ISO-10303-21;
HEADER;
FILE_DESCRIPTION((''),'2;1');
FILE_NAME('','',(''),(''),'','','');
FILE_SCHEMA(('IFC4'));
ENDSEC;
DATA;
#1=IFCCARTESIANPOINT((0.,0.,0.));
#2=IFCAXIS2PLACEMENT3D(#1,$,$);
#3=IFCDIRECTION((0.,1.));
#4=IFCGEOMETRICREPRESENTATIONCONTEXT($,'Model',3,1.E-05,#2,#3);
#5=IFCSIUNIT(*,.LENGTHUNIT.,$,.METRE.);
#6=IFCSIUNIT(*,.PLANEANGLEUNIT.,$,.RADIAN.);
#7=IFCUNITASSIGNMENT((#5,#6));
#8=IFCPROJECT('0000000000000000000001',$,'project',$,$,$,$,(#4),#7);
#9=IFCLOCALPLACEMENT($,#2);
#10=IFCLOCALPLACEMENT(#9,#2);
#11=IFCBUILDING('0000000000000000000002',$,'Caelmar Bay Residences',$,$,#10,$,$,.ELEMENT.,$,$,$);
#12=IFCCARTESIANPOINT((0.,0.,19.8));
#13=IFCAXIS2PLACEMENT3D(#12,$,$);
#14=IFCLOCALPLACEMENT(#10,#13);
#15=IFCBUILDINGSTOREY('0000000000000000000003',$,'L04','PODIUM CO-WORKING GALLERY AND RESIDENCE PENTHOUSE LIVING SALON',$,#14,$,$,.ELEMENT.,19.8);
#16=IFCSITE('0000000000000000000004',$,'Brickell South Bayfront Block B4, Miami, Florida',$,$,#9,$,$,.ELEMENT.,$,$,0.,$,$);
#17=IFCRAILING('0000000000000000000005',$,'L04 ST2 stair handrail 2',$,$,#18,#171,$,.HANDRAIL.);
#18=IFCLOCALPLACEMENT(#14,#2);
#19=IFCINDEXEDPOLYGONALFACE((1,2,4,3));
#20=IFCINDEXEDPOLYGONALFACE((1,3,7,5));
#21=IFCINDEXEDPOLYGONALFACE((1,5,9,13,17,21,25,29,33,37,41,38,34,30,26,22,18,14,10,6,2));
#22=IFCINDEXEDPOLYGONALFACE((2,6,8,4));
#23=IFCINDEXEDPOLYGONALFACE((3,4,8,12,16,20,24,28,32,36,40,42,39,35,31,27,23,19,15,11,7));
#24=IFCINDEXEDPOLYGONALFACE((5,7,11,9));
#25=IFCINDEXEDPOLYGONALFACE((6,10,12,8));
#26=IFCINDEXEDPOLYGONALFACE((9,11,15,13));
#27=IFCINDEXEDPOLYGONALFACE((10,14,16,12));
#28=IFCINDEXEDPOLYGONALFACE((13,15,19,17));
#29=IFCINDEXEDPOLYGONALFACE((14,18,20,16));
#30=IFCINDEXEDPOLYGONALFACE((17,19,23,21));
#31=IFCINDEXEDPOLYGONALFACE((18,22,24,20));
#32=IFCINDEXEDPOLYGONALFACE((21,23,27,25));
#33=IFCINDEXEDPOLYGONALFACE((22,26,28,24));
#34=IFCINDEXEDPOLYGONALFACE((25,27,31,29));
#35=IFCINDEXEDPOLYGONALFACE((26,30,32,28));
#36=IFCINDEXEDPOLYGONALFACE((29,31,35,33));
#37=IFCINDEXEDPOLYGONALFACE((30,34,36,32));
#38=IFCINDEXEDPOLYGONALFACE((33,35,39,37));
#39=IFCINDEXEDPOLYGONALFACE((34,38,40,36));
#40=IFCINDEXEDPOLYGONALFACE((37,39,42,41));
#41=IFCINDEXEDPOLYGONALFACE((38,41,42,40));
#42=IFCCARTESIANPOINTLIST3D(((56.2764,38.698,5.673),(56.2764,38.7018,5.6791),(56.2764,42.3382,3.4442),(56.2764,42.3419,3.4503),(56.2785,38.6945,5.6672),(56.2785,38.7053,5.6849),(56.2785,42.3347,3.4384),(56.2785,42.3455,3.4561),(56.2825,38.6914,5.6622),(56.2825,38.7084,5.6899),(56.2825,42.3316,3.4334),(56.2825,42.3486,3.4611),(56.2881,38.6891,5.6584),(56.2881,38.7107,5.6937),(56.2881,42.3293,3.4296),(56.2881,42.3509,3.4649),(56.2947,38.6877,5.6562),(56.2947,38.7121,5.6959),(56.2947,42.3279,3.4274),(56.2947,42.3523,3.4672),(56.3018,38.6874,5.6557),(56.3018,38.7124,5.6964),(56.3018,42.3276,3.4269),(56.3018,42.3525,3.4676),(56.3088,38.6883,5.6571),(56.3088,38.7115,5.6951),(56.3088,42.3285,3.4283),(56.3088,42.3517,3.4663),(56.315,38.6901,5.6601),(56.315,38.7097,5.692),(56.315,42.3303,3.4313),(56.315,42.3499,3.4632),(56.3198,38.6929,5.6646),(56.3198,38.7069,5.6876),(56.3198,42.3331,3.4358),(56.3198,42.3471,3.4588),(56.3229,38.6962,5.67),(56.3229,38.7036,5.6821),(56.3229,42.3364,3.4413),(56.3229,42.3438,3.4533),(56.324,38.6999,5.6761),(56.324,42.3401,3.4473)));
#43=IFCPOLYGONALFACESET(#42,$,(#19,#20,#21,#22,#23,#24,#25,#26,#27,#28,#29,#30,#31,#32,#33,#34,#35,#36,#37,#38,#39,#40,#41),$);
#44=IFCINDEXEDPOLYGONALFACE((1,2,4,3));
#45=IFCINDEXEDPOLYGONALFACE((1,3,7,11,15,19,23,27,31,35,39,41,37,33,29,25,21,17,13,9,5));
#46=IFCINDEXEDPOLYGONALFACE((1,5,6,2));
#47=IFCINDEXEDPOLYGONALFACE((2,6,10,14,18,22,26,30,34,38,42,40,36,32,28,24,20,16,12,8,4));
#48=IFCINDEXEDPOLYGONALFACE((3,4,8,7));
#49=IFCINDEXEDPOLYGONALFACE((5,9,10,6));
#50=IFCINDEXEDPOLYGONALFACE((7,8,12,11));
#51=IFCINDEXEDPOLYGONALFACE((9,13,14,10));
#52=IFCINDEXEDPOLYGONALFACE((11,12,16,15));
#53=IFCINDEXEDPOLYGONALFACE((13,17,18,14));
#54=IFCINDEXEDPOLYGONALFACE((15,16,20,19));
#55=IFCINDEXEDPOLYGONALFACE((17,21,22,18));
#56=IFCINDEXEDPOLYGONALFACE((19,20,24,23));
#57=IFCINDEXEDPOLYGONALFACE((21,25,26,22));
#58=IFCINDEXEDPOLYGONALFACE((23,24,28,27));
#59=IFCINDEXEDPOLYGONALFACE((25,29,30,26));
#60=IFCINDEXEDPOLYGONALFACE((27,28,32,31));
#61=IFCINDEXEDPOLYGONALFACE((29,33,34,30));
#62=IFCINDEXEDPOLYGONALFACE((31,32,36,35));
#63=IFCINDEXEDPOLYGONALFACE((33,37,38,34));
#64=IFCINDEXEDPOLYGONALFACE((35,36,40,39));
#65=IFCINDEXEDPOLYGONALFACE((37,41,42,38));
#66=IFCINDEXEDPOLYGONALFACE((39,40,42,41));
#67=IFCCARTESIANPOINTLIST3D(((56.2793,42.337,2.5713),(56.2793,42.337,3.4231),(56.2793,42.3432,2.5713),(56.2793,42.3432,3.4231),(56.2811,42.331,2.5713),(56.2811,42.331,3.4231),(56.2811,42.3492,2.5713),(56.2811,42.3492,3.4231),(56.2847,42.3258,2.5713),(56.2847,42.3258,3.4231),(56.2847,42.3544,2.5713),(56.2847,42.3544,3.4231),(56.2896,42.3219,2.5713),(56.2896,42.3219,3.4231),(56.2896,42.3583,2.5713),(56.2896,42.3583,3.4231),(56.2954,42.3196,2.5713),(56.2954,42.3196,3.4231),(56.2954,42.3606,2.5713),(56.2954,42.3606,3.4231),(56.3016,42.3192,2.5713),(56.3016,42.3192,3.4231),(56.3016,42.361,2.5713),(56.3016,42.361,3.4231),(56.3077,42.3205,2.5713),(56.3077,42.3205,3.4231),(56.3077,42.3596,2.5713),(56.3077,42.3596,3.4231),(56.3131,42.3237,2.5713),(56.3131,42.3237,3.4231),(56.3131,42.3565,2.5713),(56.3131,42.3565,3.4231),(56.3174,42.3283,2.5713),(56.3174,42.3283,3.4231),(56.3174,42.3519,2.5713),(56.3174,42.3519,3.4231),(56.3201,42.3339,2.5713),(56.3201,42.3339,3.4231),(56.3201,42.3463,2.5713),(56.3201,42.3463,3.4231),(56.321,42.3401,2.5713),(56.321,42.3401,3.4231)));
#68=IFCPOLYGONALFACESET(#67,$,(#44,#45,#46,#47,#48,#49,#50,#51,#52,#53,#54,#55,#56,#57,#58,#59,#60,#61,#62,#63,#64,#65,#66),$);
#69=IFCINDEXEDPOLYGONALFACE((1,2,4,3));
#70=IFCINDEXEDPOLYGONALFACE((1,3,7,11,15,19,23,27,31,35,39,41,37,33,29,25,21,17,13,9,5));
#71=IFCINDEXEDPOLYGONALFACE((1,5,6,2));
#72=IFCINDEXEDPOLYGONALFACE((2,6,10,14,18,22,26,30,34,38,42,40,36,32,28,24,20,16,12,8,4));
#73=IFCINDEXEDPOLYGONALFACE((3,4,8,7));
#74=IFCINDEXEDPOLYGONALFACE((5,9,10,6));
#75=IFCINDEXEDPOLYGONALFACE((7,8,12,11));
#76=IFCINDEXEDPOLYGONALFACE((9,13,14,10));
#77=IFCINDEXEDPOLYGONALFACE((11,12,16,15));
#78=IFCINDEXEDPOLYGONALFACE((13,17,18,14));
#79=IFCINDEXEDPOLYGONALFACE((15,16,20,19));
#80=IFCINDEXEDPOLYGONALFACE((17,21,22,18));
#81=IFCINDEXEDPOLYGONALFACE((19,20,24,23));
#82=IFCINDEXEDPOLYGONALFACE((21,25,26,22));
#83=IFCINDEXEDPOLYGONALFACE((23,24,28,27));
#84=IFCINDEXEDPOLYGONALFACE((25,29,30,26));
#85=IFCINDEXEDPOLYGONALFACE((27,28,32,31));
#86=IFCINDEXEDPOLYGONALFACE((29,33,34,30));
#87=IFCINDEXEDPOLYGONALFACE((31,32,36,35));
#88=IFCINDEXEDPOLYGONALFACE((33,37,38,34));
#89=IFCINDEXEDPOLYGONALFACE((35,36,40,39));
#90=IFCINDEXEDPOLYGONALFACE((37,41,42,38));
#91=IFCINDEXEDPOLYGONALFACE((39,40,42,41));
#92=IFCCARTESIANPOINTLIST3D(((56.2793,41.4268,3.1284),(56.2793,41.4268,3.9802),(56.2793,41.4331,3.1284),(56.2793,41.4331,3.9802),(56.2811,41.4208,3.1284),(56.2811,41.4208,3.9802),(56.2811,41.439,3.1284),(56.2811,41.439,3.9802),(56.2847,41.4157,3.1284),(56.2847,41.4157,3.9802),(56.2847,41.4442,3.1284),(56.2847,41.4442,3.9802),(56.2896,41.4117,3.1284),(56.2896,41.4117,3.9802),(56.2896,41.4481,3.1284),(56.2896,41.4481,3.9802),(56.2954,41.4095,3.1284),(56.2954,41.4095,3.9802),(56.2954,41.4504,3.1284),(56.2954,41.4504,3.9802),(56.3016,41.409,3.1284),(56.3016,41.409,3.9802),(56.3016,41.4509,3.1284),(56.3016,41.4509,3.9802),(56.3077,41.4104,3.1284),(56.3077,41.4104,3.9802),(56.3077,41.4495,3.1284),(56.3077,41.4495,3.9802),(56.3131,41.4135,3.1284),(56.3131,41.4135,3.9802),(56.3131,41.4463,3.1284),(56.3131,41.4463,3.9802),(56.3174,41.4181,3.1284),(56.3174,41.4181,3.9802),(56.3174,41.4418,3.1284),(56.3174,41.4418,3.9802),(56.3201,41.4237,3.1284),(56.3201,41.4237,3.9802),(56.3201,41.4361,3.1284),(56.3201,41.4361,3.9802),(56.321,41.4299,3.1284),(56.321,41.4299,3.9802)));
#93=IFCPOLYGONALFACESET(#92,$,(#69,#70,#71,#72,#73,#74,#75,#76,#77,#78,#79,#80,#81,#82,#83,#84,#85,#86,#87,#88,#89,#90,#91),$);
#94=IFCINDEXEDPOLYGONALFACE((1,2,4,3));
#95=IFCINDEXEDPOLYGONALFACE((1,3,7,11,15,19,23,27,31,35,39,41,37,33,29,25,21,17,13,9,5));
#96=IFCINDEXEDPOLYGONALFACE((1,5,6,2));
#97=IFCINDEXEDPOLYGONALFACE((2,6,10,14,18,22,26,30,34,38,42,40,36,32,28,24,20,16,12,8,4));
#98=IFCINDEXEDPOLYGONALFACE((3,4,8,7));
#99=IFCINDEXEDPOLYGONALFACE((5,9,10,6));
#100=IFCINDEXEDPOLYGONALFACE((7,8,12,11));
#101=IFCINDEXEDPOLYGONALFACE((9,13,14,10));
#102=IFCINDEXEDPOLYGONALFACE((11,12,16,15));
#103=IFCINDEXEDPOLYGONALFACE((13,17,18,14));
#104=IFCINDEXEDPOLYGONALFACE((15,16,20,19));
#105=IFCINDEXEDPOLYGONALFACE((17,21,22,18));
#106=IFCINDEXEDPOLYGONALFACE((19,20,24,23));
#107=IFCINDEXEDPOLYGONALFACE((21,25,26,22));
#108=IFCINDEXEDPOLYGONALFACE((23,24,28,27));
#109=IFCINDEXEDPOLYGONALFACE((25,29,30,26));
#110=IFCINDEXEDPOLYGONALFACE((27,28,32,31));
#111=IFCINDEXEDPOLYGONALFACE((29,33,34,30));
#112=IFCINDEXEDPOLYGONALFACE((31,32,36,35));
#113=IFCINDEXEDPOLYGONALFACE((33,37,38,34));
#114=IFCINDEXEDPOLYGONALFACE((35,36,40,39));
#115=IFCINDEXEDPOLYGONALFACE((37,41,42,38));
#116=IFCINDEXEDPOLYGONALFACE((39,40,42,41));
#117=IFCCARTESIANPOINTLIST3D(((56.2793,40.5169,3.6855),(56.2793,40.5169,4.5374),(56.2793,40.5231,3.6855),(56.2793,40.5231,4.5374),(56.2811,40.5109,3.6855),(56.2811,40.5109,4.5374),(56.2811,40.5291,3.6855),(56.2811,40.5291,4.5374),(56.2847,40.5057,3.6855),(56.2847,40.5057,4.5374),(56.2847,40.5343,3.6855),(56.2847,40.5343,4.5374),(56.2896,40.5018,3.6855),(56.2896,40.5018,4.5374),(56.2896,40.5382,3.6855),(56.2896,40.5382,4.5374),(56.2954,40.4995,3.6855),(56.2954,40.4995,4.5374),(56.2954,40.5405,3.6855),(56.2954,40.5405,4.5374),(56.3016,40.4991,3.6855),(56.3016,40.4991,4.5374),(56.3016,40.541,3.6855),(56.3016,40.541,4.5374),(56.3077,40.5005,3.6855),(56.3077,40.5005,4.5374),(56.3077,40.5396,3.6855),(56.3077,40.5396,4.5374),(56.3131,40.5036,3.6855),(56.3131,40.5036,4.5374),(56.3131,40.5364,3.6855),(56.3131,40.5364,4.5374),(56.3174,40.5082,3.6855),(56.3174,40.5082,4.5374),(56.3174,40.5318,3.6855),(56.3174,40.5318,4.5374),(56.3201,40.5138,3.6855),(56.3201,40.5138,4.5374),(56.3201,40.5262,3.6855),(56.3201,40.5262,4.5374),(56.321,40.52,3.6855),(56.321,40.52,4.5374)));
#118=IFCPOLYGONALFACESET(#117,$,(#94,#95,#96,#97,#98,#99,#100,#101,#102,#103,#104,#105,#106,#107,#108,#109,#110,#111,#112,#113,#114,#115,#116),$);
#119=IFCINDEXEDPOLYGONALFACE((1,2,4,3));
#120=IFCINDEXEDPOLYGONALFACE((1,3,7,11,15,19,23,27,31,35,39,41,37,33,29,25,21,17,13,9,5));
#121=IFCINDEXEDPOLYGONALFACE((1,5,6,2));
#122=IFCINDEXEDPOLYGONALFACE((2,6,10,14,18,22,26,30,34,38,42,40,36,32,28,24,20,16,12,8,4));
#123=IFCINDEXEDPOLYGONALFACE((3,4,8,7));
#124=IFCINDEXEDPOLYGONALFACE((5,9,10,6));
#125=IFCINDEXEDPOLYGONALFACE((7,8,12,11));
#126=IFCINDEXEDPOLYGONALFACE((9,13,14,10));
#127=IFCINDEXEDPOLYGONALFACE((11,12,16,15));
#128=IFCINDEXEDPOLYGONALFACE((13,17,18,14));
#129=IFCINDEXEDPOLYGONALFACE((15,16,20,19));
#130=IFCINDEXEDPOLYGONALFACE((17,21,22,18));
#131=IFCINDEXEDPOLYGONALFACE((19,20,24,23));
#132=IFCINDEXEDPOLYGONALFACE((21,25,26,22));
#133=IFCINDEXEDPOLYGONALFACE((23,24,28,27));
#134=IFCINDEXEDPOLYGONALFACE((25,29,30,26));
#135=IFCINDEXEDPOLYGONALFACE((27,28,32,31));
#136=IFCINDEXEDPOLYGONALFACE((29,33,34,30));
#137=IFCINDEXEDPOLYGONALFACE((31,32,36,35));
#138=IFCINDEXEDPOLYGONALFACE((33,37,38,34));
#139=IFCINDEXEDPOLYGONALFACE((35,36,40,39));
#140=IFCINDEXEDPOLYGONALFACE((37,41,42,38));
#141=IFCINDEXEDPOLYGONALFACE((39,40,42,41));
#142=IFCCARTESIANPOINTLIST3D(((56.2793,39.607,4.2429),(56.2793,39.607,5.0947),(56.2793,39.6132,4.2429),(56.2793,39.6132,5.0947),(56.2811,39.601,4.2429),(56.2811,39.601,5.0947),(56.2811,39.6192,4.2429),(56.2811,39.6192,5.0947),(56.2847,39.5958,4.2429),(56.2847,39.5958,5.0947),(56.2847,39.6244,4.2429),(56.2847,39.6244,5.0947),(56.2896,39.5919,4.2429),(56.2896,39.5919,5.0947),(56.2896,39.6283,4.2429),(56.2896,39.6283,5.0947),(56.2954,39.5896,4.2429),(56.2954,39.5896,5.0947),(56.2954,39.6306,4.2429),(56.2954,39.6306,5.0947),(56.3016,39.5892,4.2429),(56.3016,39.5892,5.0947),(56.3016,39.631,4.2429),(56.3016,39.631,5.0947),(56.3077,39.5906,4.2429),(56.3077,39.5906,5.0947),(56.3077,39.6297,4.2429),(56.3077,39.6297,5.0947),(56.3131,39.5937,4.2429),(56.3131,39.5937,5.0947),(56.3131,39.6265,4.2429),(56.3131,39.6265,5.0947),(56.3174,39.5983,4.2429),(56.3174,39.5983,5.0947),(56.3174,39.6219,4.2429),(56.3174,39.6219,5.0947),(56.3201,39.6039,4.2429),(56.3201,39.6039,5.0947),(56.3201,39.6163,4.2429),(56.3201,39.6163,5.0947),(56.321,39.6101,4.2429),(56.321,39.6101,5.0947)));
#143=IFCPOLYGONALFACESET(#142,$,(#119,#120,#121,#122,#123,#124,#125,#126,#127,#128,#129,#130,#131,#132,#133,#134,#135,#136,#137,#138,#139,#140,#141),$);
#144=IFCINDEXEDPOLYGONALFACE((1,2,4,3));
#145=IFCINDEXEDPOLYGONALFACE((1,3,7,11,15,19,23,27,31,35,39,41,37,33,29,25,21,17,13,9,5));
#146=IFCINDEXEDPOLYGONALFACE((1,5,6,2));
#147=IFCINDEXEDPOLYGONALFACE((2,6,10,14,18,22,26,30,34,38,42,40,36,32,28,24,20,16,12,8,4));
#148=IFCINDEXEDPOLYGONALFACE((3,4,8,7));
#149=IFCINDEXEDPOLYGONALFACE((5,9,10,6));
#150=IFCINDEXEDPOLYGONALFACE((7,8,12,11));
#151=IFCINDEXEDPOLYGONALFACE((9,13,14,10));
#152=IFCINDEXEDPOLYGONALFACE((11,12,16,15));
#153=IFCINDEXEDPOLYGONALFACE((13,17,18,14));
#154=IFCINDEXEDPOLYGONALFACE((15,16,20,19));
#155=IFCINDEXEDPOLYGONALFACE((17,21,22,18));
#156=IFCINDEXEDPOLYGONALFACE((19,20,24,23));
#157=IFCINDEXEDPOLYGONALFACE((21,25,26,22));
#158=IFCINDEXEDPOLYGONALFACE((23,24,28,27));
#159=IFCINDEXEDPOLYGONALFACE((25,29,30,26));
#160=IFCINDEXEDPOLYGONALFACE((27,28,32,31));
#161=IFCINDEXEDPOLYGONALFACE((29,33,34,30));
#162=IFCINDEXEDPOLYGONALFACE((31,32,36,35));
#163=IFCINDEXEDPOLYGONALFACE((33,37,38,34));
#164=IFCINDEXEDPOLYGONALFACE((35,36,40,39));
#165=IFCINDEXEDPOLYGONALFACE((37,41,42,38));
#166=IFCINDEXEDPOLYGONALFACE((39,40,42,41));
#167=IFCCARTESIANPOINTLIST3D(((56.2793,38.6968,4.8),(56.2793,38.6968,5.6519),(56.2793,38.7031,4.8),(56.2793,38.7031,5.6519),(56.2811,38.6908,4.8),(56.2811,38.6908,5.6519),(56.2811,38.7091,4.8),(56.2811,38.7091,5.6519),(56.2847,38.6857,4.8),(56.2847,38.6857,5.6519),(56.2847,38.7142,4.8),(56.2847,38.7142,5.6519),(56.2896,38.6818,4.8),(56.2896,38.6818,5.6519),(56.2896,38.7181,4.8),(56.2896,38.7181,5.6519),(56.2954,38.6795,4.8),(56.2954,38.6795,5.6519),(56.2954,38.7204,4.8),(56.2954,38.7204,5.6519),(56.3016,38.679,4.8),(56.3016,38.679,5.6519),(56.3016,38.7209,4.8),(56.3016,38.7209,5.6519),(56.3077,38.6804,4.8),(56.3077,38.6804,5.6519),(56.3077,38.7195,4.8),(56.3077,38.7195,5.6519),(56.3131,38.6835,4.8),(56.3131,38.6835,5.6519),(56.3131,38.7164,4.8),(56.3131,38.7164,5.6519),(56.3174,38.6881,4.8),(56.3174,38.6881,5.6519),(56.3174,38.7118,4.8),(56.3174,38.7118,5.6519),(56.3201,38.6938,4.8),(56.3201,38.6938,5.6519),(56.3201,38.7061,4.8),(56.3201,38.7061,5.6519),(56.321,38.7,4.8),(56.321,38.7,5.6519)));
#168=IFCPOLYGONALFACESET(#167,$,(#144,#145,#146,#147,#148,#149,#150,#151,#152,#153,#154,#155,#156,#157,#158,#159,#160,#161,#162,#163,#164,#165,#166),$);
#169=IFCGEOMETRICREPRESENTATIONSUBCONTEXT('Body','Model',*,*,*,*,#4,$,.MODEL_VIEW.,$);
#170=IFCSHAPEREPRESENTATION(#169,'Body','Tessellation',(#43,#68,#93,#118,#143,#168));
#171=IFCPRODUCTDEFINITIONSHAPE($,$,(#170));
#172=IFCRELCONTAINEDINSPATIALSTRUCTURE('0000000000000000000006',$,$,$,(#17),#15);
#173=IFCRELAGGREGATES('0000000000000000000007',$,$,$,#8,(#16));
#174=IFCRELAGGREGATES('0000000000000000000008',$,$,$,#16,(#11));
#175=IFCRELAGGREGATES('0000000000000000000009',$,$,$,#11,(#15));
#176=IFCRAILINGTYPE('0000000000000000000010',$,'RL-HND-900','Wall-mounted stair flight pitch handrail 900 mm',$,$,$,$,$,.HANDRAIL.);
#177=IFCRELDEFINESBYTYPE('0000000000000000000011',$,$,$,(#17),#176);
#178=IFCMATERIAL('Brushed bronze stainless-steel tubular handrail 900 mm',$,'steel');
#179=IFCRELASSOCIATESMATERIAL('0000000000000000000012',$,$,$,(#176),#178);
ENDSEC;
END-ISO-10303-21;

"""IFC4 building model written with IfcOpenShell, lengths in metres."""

from ifc_helpers import new_model, si_unit, direction, frame, origin, origin_2d, place, context, subcontext, project, spatial, circle, extrude, material, type_object, element, save


model = new_model("IFC4")

# Units and contexts
model_context = context("Model", 3, precision=1e-05, world=origin(), true_north=direction((0.0, 1.0)))
body_context = subcontext(model_context, "Body", "Model", "MODEL_VIEW")
ifc_project = project(units=[si_unit("LENGTHUNIT", "METRE"), si_unit("PLANEANGLEUNIT", "RADIAN")], contexts=[model_context])

# Site, building, storey
site_placement = place(None, origin())
site = spatial("IfcSite", under=ifc_project, at=site_placement, Name="Brickell South Bayfront Block B4, Miami, Florida", CompositionType="ELEMENT", RefElevation=0.0)
building_placement = place(site_placement, origin())
building = spatial("IfcBuilding", under=site, at=building_placement, Name="Caelmar Bay Residences", CompositionType="ELEMENT")
storey_placement = place(building_placement, frame((0.0, 0.0, 19.8)))
storey = spatial("IfcBuildingStorey", under=building, at=storey_placement, Name="L04", Description="PODIUM CO-WORKING GALLERY AND RESIDENCE PENTHOUSE LIVING SALON", CompositionType="ELEMENT", Elevation=19.8)

# Railing
ifc_material_1 = material(Name="Brushed bronze stainless-steel tubular handrail 900 mm", Category="steel")
railing_type_1 = type_object("IfcRailingType", Name="RL-HND-900", Description="Wall-mounted stair flight pitch handrail 900 mm", PredefinedType="HANDRAIL", material=ifc_material_1)
railing_1_placement = place(storey_placement, frame((56.3, 42.3401, 2.5713)))
element("IfcRailing", 1, at=railing_1_placement, inside=storey, type_object=railing_type_1, Name="L04 ST2 stair handrail 2", PredefinedType="HANDRAIL", context=body_context, shape_type="SweptSolid", body=[
    extrude(circle(Radius=0.0239, at=origin_2d()), frame((0.0, 0.0, 0.876), z_axis=(0.0, -0.85284, 0.522172), x_axis=(1.0, 0.0, 0.0)), (0.0, 0.0, 1.0), 4.2683),
    extrude(circle(Radius=0.021, at=origin_2d()), origin(), (0.0, 0.0, 1.0), 0.8518),
    extrude(circle(Radius=0.021, at=origin_2d()), frame((0.0, -0.9102, 0.5571)), (0.0, 0.0, 1.0), 0.8518),
    extrude(circle(Radius=0.021, at=origin_2d()), frame((0.0, -1.8201, 1.1143)), (0.0, 0.0, 1.0), 0.8518),
    extrude(circle(Radius=0.021, at=origin_2d()), frame((0.0, -2.73, 1.6716)), (0.0, 0.0, 1.0), 0.8518),
    extrude(circle(Radius=0.021, at=origin_2d()), frame((0.0, -3.6401, 2.2288)), (0.0, 0.0, 1.0), 0.8518),
])

save(model, "model.ifc")
